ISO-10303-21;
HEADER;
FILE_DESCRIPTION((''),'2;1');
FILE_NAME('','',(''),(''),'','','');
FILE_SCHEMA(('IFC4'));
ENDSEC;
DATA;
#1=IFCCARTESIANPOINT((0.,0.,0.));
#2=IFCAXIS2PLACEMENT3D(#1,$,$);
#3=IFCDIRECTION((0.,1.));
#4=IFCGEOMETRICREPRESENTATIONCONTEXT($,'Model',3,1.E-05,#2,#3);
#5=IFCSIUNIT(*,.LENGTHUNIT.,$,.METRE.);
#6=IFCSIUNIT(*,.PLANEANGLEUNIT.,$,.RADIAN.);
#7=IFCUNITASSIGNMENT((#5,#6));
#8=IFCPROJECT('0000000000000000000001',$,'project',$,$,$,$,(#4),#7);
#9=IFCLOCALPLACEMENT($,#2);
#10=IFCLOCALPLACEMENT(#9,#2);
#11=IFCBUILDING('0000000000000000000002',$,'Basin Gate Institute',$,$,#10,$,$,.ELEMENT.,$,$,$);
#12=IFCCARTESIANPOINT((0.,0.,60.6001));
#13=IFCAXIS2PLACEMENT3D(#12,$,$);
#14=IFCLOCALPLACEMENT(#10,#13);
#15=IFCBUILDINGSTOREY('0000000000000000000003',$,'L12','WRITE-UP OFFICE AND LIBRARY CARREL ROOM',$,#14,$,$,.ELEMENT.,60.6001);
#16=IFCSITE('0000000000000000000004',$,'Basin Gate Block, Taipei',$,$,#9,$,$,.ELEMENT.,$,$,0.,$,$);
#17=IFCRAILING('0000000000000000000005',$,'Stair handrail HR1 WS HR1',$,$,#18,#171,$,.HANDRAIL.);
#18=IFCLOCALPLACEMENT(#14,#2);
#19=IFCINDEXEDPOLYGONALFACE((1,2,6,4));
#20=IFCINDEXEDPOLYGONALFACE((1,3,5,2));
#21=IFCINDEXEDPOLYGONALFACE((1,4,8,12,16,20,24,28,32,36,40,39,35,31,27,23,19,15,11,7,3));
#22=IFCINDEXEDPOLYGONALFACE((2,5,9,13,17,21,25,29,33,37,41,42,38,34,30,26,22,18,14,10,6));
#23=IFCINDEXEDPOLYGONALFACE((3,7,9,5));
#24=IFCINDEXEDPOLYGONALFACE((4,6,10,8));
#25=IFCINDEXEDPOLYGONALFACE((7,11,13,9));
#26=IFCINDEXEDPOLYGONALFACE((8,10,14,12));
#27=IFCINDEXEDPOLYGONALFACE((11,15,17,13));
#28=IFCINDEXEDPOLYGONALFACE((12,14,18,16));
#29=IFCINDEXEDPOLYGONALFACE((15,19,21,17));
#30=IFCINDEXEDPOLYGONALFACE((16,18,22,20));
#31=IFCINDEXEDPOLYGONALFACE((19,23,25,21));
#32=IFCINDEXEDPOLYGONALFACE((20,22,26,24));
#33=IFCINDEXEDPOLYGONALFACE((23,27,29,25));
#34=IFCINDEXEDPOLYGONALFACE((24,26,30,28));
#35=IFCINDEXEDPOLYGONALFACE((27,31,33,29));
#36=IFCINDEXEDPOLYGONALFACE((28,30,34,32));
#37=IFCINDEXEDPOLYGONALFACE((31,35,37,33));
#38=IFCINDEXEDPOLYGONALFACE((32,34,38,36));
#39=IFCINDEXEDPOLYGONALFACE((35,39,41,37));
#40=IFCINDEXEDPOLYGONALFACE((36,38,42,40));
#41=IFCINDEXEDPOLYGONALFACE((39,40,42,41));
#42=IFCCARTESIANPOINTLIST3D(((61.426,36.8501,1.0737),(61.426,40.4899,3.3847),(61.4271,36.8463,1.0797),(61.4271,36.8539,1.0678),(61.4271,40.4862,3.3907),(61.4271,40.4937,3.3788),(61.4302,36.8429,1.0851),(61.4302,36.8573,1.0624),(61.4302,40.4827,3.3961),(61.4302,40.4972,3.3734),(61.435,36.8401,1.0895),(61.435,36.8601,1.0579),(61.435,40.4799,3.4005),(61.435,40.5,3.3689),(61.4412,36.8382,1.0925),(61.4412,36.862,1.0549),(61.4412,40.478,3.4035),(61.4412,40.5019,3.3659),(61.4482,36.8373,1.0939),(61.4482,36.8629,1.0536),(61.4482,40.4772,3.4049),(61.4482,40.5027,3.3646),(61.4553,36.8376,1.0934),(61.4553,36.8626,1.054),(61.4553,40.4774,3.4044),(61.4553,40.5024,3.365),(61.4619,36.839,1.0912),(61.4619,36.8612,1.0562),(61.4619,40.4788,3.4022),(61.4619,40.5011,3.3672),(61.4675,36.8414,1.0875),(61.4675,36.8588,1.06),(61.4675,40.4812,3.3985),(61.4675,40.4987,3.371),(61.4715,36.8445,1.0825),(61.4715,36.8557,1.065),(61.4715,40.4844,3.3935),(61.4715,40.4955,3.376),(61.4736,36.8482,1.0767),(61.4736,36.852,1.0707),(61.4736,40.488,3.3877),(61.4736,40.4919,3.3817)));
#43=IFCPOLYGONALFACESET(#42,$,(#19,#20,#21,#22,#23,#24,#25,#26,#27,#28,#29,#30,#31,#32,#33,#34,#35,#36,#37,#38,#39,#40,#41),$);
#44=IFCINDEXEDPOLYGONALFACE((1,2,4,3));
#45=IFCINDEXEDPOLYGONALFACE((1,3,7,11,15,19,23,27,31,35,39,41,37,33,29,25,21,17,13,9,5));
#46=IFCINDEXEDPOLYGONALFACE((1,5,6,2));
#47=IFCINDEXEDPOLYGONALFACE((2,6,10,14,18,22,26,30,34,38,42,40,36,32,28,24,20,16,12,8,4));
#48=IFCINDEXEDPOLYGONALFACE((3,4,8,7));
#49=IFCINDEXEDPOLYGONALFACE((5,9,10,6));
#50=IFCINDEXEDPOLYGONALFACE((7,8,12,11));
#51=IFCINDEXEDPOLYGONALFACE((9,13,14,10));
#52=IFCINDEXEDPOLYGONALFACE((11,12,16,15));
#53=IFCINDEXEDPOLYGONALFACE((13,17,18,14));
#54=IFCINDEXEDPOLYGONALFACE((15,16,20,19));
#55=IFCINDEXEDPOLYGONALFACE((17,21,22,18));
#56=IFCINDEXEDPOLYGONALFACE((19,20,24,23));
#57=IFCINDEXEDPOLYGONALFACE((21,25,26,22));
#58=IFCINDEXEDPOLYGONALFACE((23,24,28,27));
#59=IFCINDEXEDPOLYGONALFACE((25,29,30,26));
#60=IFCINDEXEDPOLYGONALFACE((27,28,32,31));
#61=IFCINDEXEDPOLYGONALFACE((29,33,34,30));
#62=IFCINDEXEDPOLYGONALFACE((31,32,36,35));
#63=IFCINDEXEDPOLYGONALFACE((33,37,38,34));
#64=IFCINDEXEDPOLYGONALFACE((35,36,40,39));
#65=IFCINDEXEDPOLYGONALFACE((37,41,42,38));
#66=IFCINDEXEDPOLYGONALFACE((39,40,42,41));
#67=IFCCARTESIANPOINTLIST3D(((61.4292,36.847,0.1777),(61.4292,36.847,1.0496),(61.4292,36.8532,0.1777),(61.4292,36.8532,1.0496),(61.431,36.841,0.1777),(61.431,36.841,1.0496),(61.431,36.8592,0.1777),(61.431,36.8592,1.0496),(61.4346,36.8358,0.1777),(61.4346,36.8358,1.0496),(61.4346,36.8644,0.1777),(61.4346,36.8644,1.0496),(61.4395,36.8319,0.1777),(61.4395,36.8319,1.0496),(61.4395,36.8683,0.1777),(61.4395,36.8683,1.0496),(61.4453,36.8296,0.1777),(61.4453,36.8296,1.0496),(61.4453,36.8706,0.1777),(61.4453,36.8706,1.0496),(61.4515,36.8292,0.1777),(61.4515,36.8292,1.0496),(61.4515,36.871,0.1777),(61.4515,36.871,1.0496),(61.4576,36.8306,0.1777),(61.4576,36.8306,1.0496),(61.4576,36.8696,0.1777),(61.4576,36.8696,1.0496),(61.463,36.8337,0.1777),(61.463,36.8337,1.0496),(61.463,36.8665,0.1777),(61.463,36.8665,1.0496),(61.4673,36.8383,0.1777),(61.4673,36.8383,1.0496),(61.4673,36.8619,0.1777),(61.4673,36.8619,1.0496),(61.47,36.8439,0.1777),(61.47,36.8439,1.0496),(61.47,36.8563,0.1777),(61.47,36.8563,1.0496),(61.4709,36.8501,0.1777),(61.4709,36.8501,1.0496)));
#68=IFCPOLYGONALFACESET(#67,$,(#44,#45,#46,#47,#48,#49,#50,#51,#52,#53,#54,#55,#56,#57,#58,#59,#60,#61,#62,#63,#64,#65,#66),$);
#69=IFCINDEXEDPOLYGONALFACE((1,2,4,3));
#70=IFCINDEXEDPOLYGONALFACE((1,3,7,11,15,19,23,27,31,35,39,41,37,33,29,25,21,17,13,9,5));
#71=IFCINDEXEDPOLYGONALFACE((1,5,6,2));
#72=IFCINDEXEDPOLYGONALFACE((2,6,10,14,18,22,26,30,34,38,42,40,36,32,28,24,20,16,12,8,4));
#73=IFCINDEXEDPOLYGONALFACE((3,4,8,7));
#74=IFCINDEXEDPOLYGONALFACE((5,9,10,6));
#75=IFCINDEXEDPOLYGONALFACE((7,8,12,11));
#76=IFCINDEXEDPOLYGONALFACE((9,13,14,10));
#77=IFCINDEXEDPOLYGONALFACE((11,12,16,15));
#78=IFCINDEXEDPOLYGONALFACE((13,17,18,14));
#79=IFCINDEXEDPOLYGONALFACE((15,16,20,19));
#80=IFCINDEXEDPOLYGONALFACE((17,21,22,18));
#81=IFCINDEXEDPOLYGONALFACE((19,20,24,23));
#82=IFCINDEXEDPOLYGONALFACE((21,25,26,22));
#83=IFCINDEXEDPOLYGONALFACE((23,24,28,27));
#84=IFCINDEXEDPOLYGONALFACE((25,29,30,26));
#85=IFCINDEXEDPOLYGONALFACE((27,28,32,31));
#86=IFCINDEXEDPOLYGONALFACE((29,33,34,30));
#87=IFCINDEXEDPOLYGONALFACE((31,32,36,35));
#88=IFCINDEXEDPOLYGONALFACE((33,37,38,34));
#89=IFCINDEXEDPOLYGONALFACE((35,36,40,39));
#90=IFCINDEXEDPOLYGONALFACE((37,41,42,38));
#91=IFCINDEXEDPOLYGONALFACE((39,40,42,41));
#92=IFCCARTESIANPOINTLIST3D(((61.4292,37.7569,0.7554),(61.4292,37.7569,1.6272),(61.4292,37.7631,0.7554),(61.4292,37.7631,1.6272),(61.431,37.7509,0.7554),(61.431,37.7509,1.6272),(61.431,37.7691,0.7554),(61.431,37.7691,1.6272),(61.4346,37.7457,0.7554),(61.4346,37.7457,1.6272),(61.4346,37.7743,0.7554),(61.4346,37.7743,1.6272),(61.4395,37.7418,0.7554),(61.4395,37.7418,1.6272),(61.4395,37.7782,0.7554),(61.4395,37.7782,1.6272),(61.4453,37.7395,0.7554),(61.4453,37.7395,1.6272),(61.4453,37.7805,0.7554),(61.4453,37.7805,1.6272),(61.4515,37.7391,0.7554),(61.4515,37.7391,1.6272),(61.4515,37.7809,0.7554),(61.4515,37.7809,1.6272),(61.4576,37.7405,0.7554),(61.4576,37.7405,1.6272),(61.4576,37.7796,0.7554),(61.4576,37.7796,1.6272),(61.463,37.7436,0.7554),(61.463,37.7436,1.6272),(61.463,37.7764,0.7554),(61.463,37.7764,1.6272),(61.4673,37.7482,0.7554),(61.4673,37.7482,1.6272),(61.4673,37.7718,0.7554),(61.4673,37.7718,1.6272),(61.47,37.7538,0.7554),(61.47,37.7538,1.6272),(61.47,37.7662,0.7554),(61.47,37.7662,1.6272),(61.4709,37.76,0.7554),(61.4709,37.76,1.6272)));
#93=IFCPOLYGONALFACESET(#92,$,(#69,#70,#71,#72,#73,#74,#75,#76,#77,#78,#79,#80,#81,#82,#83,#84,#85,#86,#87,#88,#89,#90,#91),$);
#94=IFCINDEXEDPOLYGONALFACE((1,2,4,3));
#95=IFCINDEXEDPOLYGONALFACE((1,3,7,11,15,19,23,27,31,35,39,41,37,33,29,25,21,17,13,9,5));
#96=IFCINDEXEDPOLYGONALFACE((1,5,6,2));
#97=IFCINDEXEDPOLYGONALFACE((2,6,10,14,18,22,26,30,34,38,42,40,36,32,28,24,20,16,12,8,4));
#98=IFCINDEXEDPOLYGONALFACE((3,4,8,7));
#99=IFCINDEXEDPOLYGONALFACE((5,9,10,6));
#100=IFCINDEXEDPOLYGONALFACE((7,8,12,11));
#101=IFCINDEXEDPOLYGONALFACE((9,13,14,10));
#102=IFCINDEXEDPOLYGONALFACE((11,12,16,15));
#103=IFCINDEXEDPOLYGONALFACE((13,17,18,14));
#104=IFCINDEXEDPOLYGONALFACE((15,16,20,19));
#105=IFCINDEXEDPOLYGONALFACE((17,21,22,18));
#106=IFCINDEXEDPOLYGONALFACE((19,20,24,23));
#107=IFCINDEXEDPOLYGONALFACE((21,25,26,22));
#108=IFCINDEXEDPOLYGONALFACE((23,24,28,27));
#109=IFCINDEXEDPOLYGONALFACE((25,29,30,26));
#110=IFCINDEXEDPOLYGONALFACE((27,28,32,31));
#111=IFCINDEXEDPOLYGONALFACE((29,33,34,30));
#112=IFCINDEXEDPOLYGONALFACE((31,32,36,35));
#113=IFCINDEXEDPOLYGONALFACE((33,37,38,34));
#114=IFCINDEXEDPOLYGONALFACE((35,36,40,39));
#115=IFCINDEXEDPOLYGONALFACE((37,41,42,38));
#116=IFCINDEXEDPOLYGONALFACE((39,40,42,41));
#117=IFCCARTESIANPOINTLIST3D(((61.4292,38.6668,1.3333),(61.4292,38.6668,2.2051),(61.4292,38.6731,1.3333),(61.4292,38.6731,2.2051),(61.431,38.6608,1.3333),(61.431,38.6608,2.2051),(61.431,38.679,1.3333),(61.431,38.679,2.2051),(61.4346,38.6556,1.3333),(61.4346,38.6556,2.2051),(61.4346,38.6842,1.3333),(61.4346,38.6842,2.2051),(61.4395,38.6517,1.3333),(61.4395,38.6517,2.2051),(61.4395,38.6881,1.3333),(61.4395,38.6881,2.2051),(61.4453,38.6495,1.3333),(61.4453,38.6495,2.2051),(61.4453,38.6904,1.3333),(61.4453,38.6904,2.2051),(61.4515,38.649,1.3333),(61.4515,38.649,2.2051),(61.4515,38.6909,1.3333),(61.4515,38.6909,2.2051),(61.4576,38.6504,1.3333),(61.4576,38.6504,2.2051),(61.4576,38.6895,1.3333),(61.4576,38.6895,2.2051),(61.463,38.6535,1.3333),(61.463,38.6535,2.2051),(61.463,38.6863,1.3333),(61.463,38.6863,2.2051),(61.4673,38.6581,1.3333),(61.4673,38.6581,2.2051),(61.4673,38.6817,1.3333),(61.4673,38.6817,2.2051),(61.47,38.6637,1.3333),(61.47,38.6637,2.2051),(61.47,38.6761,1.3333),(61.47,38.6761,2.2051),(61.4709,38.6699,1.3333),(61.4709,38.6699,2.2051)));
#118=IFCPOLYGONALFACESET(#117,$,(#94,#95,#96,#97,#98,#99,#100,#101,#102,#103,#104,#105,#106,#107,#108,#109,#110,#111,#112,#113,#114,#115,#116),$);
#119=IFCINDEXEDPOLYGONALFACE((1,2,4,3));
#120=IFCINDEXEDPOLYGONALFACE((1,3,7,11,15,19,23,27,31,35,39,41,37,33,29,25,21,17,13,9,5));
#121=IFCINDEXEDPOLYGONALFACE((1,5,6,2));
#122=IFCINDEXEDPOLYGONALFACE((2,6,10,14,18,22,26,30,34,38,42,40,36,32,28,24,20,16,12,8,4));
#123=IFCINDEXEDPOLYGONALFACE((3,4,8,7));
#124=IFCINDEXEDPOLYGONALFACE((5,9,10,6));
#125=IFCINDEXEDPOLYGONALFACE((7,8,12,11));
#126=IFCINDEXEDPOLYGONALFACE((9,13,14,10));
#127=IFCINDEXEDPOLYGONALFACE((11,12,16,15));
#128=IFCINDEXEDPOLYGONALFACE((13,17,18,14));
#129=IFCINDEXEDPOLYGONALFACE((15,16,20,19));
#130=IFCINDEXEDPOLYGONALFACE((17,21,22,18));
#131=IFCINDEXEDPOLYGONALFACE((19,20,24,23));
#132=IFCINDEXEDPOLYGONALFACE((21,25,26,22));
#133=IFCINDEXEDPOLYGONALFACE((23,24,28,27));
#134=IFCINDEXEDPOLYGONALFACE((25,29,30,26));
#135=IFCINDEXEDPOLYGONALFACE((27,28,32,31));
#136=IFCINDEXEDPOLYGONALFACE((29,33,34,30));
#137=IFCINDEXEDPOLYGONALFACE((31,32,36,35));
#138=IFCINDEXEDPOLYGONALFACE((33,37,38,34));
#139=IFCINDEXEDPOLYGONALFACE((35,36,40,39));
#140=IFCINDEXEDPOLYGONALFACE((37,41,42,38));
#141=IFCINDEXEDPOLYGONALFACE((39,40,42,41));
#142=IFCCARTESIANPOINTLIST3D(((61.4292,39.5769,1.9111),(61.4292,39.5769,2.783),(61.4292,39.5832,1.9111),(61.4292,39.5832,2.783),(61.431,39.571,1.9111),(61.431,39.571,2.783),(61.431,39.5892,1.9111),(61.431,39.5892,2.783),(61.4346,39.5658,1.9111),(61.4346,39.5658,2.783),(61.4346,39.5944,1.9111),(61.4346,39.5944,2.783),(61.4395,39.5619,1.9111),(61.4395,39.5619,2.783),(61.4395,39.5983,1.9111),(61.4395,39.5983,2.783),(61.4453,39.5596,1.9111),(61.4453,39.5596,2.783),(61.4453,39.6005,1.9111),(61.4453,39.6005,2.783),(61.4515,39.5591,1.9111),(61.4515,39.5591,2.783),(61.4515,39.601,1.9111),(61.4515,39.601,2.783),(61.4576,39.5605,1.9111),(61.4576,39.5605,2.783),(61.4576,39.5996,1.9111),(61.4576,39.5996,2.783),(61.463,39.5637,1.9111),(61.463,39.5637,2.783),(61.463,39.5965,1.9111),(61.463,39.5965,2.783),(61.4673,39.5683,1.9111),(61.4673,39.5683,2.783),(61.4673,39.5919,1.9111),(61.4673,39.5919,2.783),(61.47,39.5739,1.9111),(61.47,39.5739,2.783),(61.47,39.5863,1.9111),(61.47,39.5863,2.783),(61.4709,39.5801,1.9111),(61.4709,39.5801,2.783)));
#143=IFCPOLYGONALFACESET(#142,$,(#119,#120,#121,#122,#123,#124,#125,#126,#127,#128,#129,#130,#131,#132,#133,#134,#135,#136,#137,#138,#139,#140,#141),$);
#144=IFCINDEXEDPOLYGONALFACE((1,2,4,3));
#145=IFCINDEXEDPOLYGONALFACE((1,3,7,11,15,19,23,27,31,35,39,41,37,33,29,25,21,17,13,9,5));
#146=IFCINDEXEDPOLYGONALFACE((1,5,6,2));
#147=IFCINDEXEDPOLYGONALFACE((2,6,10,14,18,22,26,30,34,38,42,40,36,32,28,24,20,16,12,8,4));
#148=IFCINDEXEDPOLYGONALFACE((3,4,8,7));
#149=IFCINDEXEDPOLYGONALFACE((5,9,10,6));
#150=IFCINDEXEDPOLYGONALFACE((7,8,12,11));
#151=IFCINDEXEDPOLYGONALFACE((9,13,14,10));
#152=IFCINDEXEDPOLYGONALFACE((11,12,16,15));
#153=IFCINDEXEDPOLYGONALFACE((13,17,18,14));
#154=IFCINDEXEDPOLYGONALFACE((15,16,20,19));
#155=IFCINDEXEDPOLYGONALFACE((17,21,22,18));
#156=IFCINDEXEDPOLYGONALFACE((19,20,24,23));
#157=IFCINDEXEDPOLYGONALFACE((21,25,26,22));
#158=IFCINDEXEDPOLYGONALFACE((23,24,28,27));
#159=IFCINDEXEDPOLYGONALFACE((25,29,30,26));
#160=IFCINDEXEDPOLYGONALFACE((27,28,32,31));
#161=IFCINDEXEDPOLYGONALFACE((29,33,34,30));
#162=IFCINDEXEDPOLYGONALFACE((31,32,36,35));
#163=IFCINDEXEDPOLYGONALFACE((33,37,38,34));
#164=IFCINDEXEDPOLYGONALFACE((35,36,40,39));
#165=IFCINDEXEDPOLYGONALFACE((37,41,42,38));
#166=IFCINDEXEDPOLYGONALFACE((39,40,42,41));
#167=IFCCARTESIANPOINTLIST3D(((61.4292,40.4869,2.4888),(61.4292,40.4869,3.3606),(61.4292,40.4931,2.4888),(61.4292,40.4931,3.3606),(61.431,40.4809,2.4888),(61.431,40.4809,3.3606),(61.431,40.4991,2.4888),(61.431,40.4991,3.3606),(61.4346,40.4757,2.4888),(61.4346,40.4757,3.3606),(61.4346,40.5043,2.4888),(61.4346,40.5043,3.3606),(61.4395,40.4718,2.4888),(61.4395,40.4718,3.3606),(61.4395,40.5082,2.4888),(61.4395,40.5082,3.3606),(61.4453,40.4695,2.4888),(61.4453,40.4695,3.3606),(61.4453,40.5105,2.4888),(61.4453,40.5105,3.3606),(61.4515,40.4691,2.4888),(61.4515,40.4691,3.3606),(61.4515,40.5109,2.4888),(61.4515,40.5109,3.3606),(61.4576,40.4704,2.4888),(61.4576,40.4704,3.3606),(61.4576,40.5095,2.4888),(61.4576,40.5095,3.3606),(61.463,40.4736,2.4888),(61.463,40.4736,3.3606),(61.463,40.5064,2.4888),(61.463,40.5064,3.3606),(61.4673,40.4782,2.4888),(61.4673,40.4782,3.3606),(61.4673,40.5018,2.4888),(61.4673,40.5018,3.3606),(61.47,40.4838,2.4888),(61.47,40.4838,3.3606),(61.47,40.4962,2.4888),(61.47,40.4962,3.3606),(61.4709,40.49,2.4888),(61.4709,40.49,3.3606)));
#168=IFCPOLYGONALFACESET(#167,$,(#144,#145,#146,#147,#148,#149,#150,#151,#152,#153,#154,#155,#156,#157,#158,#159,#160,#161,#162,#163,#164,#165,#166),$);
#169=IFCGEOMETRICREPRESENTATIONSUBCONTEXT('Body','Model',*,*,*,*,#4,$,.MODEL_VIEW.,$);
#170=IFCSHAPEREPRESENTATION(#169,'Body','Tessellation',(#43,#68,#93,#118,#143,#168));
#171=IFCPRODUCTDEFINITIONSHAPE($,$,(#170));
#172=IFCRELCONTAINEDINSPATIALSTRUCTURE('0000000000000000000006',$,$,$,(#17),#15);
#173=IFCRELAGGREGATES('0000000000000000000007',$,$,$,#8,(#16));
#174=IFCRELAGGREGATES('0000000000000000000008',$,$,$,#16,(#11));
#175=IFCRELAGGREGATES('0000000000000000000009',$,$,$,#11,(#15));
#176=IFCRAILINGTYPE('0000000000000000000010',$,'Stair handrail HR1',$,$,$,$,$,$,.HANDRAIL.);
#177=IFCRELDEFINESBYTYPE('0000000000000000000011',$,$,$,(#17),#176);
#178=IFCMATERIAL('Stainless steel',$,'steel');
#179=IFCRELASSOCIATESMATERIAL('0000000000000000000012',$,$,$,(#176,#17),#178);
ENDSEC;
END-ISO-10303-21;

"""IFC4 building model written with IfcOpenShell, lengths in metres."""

from ifc_helpers import new_model, si_unit, direction, frame, origin, origin_2d, place, context, subcontext, project, spatial, circle, extrude, material, type_object, element, save


model = new_model("IFC4")

# Units and contexts
model_context = context("Model", 3, precision=1e-05, world=origin(), true_north=direction((0.0, 1.0)))
body_context = subcontext(model_context, "Body", "Model", "MODEL_VIEW")
ifc_project = project(units=[si_unit("LENGTHUNIT", "METRE"), si_unit("PLANEANGLEUNIT", "RADIAN")], contexts=[model_context])

# Site, building, storey
site_placement = place(None, origin())
site = spatial("IfcSite", under=ifc_project, at=site_placement, Name="Basin Gate Block, Taipei", CompositionType="ELEMENT", RefElevation=0.0)
building_placement = place(site_placement, origin())
building = spatial("IfcBuilding", under=site, at=building_placement, Name="Basin Gate Institute", CompositionType="ELEMENT")
storey_placement = place(building_placement, frame((0.0, 0.0, 60.6001)))
storey = spatial("IfcBuildingStorey", under=building, at=storey_placement, Name="L12", Description="WRITE-UP OFFICE AND LIBRARY CARREL ROOM", CompositionType="ELEMENT", Elevation=60.6001)

# Railing
ifc_material_1 = material(Name="Stainless steel", Category="steel")
railing_type_1 = type_object("IfcRailingType", Name="Stair handrail HR1", PredefinedType="HANDRAIL", material=ifc_material_1)
for number, where, name in (
    (1, (61.45, 36.8501, 0.1777), "Stair handrail HR1 WS HR1"),
):
    element("IfcRailing", number, at=place(storey_placement, frame(where)), inside=storey, type_object=railing_type_1, material=ifc_material_1, Name=name, PredefinedType="HANDRAIL", context=body_context, shape_type="SweptSolid", body=[
        extrude(circle(Radius=0.0239, at=origin_2d()), frame((0.0, 0.0, 0.896), z_axis=(0.0, 0.844214, 0.536007), x_axis=(-1.0, 0.0, 0.0)), (0.0, 0.0, 1.0), 4.3115),
        extrude(circle(Radius=0.021, at=origin_2d()), origin(), (0.0, 0.0, 1.0), 0.8718),
        extrude(circle(Radius=0.021, at=origin_2d()), frame((0.0, 0.9099, 0.5776)), (0.0, 0.0, 1.0), 0.8718),
        extrude(circle(Radius=0.021, at=origin_2d()), frame((0.0, 1.8198, 1.1555)), (0.0, 0.0, 1.0), 0.8718),
        extrude(circle(Radius=0.021, at=origin_2d()), frame((0.0, 2.73, 1.7334)), (0.0, 0.0, 1.0), 0.8718),
        extrude(circle(Radius=0.021, at=origin_2d()), frame((0.0, 3.6399, 2.311)), (0.0, 0.0, 1.0), 0.8718),
    ])

save(model, "model.ifc")
